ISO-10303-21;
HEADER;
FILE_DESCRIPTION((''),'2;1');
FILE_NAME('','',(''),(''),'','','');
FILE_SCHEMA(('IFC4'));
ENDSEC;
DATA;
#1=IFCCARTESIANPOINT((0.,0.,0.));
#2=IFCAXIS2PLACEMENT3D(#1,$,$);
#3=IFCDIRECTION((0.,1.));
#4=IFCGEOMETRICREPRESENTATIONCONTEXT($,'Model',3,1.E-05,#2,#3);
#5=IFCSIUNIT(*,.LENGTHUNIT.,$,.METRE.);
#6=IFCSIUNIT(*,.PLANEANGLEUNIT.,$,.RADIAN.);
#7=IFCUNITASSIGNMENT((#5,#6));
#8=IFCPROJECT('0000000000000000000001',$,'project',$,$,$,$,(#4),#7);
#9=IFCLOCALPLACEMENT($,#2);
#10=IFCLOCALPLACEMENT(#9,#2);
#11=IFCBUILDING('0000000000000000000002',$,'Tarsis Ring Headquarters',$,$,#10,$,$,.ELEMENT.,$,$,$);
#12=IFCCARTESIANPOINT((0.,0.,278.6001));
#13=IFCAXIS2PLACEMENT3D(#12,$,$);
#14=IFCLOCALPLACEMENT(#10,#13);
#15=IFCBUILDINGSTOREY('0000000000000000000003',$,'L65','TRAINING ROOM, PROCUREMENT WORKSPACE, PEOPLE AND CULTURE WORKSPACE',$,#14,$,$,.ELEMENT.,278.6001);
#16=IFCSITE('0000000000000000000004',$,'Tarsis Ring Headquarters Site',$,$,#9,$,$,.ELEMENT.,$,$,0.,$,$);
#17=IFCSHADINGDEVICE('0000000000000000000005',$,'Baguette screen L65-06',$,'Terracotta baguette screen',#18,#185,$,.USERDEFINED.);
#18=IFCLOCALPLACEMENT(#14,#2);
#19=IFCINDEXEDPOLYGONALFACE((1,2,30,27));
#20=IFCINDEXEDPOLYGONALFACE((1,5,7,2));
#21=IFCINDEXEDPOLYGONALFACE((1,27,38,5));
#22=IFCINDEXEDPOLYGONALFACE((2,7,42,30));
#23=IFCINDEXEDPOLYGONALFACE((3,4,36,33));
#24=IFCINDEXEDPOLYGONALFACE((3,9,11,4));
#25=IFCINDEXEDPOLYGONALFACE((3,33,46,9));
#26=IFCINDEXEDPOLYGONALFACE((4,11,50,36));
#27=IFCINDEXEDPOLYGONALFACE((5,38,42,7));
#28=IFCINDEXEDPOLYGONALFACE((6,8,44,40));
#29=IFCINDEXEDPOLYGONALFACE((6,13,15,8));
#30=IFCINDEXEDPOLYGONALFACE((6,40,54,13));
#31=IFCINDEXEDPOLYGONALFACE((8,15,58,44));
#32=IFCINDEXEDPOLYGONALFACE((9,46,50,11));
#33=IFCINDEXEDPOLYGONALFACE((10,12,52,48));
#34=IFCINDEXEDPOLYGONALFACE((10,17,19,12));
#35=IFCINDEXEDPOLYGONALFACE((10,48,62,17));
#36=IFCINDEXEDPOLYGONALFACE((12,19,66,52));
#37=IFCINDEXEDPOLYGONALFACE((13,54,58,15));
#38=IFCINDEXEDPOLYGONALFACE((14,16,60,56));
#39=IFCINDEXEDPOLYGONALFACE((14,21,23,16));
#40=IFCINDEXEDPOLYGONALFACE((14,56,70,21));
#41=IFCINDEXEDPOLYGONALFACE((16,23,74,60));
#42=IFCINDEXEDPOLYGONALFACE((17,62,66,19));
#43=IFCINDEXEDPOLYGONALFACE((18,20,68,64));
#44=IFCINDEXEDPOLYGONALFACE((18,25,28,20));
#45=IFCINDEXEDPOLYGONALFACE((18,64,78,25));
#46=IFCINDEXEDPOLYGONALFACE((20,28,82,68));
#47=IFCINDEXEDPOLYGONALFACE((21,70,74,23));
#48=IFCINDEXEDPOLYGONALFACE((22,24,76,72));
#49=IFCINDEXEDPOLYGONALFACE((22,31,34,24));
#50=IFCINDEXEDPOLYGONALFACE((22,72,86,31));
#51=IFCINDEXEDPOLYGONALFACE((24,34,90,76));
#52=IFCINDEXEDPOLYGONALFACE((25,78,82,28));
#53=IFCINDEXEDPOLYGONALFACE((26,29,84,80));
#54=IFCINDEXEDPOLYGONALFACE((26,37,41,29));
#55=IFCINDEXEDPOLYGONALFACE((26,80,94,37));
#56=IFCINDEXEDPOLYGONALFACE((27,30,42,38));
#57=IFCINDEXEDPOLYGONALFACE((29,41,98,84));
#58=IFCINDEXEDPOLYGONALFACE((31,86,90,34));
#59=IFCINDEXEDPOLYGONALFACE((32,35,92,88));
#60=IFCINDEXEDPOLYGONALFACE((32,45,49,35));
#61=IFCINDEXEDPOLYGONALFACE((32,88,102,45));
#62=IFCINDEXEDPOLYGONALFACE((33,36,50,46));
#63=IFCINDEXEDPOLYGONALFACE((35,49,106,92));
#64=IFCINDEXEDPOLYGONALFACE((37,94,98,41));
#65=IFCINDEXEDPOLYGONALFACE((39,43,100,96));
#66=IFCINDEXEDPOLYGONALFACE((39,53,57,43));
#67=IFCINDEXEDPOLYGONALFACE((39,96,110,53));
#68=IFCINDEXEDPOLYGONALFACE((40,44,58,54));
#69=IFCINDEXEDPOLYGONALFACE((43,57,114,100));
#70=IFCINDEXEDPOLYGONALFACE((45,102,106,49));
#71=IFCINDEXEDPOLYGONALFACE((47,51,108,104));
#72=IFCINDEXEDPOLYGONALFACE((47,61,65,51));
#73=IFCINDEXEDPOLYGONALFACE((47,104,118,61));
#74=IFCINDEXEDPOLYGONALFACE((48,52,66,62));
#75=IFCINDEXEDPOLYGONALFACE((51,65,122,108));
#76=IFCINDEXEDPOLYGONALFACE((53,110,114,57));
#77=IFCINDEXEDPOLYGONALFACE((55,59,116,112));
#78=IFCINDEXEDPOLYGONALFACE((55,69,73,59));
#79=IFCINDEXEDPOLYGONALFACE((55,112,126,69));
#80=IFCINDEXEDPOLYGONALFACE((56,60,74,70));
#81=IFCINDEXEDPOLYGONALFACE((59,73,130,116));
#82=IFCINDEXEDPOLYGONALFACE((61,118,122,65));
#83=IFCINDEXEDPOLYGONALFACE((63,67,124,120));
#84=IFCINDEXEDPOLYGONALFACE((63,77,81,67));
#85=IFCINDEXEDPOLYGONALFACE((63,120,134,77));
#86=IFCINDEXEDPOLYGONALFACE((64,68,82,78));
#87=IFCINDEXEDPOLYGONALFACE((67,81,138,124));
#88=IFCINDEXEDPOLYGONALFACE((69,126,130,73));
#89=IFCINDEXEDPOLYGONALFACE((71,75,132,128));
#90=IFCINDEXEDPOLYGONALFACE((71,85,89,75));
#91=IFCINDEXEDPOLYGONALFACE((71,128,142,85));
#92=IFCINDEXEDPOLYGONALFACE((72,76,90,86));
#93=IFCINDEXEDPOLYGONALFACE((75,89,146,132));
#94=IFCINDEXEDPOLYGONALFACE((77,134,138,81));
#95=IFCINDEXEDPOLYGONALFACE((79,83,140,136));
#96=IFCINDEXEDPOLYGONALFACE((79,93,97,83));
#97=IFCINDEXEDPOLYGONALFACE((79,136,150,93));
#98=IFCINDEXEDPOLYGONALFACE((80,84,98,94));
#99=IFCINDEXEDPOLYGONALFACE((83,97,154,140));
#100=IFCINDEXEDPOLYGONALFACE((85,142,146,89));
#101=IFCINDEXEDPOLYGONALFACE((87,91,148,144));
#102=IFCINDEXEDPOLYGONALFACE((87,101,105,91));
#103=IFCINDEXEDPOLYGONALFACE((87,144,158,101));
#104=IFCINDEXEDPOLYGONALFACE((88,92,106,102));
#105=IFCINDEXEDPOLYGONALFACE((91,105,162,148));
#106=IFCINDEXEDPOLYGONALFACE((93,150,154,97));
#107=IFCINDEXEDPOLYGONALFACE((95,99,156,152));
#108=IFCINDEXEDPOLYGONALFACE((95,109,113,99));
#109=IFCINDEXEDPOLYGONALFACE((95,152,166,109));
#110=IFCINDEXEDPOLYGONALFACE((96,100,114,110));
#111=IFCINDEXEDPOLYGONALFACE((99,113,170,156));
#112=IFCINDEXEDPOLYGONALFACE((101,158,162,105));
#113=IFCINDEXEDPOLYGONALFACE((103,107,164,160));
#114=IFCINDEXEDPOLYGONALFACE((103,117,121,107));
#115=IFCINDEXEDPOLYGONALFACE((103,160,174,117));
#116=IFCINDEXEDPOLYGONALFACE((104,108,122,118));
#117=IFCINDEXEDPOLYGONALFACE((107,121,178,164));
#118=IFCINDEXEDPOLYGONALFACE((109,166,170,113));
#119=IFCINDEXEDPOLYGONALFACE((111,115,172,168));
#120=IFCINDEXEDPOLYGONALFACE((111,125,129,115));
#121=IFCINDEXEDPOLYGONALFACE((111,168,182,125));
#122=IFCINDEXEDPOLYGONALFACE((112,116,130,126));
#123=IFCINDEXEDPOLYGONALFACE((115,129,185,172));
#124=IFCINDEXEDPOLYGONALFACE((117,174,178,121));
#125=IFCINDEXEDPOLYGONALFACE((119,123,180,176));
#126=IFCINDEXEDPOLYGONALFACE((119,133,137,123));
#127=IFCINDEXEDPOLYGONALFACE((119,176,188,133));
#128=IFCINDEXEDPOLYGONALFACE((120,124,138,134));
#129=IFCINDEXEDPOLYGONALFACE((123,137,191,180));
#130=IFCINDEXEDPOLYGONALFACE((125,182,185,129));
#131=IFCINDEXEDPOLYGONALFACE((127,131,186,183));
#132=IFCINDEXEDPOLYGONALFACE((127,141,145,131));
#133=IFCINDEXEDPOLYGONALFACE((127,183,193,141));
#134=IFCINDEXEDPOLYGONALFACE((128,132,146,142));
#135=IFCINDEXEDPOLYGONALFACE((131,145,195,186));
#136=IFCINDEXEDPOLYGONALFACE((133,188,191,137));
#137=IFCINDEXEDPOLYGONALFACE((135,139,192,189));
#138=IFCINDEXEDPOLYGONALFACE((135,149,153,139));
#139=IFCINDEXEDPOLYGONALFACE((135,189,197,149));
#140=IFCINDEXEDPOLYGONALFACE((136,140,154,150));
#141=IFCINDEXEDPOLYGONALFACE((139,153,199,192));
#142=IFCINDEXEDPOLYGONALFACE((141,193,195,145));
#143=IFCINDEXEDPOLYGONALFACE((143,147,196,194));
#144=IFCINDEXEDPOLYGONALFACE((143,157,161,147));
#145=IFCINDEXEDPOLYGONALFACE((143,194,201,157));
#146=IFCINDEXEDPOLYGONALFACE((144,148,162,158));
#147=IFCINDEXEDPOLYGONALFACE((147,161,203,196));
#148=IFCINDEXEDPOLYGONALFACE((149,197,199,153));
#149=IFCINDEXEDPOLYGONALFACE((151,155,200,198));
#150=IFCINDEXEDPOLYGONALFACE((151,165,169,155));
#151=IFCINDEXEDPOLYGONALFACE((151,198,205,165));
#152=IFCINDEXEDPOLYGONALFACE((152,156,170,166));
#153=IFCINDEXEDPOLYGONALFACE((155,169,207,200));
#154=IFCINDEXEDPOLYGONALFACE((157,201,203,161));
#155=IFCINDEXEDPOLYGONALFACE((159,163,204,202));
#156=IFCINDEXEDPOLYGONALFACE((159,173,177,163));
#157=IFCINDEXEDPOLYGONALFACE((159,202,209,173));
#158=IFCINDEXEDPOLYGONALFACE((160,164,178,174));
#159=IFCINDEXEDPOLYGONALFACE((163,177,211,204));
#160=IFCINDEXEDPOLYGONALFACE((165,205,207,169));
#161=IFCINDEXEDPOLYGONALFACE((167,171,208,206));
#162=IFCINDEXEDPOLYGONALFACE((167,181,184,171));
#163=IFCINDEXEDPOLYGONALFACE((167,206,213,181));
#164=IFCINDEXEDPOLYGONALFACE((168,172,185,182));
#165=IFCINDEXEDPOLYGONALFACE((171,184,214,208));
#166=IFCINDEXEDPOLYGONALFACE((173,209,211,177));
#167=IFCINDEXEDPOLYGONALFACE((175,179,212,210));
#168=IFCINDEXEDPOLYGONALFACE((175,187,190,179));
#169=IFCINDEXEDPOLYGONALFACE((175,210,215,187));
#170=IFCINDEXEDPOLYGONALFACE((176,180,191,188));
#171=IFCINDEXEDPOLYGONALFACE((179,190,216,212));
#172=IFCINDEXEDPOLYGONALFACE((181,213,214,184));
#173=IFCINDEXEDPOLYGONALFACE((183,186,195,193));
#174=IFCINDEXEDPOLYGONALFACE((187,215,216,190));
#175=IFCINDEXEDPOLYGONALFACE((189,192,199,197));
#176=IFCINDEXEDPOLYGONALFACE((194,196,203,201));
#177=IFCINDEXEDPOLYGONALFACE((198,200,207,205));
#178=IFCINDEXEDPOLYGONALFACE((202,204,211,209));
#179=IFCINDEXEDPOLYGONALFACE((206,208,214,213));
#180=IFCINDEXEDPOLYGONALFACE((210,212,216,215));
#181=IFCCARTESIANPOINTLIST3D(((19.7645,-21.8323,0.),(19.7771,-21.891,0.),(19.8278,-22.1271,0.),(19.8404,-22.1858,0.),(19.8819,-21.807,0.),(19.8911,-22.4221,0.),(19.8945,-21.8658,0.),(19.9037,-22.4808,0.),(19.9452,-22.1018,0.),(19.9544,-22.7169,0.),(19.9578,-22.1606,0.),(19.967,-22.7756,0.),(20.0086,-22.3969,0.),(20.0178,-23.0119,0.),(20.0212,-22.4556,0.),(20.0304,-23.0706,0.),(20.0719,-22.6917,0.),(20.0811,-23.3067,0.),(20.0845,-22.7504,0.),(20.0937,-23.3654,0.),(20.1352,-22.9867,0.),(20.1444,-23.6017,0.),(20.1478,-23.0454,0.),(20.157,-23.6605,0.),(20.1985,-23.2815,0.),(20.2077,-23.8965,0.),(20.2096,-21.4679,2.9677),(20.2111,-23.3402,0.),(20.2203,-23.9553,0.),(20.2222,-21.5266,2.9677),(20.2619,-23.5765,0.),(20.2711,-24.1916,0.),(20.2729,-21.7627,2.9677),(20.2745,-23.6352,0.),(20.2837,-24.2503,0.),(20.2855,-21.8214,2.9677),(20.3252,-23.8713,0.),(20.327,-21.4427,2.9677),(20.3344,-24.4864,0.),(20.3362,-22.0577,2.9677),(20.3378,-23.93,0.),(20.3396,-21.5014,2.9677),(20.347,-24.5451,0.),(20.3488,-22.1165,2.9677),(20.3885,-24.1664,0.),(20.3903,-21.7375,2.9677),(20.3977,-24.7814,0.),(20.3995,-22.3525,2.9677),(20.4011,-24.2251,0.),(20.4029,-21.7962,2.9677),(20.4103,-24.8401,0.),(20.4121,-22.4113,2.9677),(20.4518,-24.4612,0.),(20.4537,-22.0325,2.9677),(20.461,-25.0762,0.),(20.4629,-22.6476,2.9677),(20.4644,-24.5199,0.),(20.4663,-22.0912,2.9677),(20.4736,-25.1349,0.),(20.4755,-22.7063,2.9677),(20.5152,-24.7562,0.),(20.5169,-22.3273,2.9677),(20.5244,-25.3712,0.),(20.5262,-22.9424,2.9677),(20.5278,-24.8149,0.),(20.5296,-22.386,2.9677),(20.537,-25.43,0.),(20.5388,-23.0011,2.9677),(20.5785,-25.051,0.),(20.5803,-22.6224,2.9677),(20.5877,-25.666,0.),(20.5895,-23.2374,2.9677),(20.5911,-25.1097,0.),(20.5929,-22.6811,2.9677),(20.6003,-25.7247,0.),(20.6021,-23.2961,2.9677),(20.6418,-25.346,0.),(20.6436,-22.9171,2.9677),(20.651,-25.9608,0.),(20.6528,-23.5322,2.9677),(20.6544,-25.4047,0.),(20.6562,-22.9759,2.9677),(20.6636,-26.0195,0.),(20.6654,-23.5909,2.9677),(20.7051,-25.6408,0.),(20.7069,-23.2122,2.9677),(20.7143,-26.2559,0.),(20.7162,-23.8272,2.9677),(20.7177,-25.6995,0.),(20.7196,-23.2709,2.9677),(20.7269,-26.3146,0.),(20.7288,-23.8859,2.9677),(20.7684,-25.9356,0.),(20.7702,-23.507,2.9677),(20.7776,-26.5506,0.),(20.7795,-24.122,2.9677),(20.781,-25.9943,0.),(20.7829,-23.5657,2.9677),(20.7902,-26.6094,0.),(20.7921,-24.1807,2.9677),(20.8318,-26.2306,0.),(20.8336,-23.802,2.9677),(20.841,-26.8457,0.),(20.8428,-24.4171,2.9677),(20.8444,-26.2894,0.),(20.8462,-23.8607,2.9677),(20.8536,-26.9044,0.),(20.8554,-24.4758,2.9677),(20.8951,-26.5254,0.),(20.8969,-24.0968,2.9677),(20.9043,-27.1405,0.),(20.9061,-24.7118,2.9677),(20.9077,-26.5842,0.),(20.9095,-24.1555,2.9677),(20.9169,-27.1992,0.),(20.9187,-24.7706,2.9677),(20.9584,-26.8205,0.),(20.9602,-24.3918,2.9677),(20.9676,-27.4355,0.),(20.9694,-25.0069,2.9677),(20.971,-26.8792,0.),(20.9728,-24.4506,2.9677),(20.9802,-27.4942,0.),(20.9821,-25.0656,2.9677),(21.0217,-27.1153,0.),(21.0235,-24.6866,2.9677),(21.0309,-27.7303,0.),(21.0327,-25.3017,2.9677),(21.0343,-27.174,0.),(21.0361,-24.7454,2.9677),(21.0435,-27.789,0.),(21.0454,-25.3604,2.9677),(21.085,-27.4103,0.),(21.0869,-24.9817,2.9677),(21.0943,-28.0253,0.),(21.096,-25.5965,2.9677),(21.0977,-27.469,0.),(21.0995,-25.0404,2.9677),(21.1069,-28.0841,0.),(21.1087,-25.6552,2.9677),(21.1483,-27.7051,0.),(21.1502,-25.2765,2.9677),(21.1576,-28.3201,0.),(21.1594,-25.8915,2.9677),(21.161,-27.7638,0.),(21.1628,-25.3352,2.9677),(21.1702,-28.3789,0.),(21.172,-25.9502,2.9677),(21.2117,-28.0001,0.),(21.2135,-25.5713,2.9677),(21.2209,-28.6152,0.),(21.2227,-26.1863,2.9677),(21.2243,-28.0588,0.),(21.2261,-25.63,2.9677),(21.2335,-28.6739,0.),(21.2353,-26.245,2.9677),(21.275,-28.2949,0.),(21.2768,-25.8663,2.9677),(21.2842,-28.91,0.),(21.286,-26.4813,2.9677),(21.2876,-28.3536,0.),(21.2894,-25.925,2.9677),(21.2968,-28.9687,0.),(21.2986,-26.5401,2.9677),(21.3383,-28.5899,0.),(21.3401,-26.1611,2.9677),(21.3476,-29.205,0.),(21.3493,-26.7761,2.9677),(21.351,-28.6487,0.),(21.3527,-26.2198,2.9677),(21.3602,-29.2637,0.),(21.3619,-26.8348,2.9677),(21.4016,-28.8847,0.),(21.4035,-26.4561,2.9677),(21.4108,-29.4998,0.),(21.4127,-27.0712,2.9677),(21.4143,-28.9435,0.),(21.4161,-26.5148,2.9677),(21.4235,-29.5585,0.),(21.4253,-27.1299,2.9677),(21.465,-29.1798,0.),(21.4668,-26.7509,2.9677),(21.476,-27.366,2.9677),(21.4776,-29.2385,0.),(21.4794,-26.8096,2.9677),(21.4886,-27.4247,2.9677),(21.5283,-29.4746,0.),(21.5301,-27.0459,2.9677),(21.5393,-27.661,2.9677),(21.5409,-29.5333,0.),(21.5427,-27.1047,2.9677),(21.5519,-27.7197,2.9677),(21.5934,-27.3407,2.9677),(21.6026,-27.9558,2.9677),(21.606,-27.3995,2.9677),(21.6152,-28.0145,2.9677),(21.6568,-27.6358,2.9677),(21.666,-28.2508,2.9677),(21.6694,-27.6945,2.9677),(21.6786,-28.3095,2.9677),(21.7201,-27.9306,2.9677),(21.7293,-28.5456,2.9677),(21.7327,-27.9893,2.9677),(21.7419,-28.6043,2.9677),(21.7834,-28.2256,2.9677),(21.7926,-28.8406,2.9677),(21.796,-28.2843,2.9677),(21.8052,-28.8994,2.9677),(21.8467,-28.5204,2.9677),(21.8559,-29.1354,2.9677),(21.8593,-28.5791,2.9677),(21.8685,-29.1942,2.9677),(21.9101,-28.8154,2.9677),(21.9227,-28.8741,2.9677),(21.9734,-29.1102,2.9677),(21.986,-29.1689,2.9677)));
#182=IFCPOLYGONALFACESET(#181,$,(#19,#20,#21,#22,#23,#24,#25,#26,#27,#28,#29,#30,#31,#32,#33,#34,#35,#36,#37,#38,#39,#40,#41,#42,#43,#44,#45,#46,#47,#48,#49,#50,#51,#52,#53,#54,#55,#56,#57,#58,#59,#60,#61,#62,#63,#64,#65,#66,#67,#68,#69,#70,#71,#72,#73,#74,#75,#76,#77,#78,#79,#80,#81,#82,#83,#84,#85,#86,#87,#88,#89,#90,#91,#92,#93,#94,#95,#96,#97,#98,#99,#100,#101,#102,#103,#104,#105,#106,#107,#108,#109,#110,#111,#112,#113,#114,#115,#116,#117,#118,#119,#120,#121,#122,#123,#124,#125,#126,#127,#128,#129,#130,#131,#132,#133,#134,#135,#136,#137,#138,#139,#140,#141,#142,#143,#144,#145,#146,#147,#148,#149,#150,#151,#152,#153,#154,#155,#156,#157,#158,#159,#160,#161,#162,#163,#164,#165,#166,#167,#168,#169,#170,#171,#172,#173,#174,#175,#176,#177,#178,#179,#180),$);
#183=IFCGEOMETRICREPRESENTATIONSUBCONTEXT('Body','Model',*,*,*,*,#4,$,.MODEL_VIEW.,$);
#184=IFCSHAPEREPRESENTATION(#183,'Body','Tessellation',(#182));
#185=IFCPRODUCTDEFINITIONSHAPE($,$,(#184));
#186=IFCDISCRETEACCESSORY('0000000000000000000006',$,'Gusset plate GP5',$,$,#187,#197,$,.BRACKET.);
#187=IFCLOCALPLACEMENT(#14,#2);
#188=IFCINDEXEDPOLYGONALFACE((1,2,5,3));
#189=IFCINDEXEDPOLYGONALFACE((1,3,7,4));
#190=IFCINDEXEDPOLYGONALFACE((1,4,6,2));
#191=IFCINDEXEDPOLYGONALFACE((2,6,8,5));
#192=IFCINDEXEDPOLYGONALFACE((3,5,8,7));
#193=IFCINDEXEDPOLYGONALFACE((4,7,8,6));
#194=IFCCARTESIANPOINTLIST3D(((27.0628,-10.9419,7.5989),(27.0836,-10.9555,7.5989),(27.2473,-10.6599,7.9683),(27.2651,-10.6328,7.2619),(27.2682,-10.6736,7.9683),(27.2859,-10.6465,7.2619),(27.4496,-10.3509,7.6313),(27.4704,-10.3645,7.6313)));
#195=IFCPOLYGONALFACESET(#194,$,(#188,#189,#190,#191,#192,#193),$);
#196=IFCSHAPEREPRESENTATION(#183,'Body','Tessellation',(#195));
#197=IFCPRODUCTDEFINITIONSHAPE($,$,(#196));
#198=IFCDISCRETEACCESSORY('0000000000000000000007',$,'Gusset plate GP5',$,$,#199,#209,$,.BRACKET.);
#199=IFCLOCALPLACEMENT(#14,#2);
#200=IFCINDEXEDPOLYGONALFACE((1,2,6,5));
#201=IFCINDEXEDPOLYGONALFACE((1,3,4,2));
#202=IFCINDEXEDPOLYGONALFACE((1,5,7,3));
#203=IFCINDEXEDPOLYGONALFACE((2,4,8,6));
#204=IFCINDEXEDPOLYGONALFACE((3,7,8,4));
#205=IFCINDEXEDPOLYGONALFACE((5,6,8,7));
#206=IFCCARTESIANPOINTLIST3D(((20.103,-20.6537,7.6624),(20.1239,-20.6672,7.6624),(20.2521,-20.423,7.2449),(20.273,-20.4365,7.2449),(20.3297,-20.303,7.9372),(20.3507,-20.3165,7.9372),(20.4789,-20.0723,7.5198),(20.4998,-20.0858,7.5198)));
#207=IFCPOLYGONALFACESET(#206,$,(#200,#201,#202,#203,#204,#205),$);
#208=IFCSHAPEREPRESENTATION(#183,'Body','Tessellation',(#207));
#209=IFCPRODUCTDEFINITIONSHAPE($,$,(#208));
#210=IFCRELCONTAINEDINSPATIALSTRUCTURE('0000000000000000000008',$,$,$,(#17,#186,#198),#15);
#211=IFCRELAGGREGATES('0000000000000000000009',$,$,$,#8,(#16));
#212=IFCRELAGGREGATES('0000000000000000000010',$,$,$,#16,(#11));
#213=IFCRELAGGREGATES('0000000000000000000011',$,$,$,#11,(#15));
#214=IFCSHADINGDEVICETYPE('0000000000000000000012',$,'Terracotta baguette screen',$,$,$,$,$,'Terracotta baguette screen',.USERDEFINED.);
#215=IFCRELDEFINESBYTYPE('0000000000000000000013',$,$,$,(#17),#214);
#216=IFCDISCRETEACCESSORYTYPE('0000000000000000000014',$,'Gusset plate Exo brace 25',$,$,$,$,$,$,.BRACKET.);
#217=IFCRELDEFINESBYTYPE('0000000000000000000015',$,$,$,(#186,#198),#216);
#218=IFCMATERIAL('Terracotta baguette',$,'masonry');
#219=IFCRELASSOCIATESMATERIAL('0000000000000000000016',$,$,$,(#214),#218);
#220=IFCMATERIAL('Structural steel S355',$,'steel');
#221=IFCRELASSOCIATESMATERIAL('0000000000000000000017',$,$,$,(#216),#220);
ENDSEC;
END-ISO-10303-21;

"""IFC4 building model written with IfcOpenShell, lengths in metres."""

from ifc_helpers import new_model, si_unit, direction, frame, frame_2d, origin, origin_2d, place, context, subcontext, project, spatial, rectangle, composite_profile, extrude, material, material_profile, profile_set, type_object, element, save


model = new_model("IFC4")

# Units and contexts
model_context = context("Model", 3, precision=1e-05, world=origin(), true_north=direction((0.0, 1.0)))
body_context = subcontext(model_context, "Body", "Model", "MODEL_VIEW")
ifc_project = project(units=[si_unit("LENGTHUNIT", "METRE"), si_unit("PLANEANGLEUNIT", "RADIAN")], contexts=[model_context])

# Site, building, storey
site_placement = place(None, origin())
site = spatial("IfcSite", under=ifc_project, at=site_placement, Name="Tarsis Ring Headquarters Site", CompositionType="ELEMENT", RefElevation=0.0)
building_placement = place(site_placement, origin())
building = spatial("IfcBuilding", under=site, at=building_placement, Name="Tarsis Ring Headquarters", CompositionType="ELEMENT")
storey_placement = place(building_placement, frame((0.0, 0.0, 278.6001)))
storey = spatial("IfcBuildingStorey", under=building, at=storey_placement, Name="L65", Description="TRAINING ROOM, PROCUREMENT WORKSPACE, PEOPLE AND CULTURE WORKSPACE", CompositionType="ELEMENT", Elevation=278.6001)

# Shared definitions
ifc_material_1 = material(Name="Structural steel S355", Category="steel")

# Shading device
ifc_material_2 = material(Name="Terracotta baguette", Category="masonry")
shading_device_type = type_object("IfcShadingDeviceType", Name="Terracotta baguette screen", ElementType="Terracotta baguette screen", PredefinedType="USERDEFINED", material=ifc_material_2)
shading_device_1_placement = place(storey_placement, frame((21.4822, -29.5459, 0.0), z_axis=(0.0, 0.0, 1.0), x_axis=(-0.209936, 0.977724, 0.0)))
element("IfcShadingDevice", 1, at=shading_device_1_placement, inside=storey, type_object=shading_device_type, Name="Baguette screen L65-06", ObjectType="Terracotta baguette screen", PredefinedType="USERDEFINED", context=body_context, shape_type="SweptSolid", body=[
    extrude(composite_profile([rectangle(XDim=0.0601, YDim=0.1201, at=frame_2d((0.03, 0.0))), rectangle(XDim=0.0601, YDim=0.1201, at=frame_2d((0.3315, 0.0))), rectangle(XDim=0.0601, YDim=0.1201, at=frame_2d((0.6333, 0.0))), rectangle(XDim=0.0601, YDim=0.1201, at=frame_2d((0.9348, 0.0))), rectangle(XDim=0.0601, YDim=0.1201, at=frame_2d((1.2366, 0.0))), rectangle(XDim=0.0601, YDim=0.1201, at=frame_2d((1.5381, 0.0))), rectangle(XDim=0.0601, YDim=0.1201, at=frame_2d((1.8398, 0.0))), rectangle(XDim=0.0601, YDim=0.1201, at=frame_2d((2.1414, 0.0))), rectangle(XDim=0.0601, YDim=0.1201, at=frame_2d((2.4431, 0.0))), rectangle(XDim=0.0601, YDim=0.1201, at=frame_2d((2.7446, 0.0))), rectangle(XDim=0.0601, YDim=0.1201, at=frame_2d((3.0464, 0.0))), rectangle(XDim=0.0601, YDim=0.1201, at=frame_2d((3.3479, 0.0))), rectangle(XDim=0.0601, YDim=0.1201, at=frame_2d((3.6497, 0.0))), rectangle(XDim=0.0601, YDim=0.1201, at=frame_2d((3.9512, 0.0))), rectangle(XDim=0.0601, YDim=0.1201, at=frame_2d((4.2527, 0.0))), rectangle(XDim=0.0601, YDim=0.1201, at=frame_2d((4.5544, 0.0))), rectangle(XDim=0.0601, YDim=0.1201, at=frame_2d((4.856, 0.0))), rectangle(XDim=0.0601, YDim=0.1201, at=frame_2d((5.1577, 0.0))), rectangle(XDim=0.0601, YDim=0.1201, at=frame_2d((5.4592, 0.0))), rectangle(XDim=0.0601, YDim=0.1201, at=frame_2d((5.761, 0.0))), rectangle(XDim=0.0601, YDim=0.1201, at=frame_2d((6.0625, 0.0))), rectangle(XDim=0.0601, YDim=0.1201, at=frame_2d((6.3643, 0.0))), rectangle(XDim=0.0601, YDim=0.1201, at=frame_2d((6.6658, 0.0))), rectangle(XDim=0.0601, YDim=0.1201, at=frame_2d((6.9675, 0.0))), rectangle(XDim=0.0601, YDim=0.1201, at=frame_2d((7.269, 0.0))), rectangle(XDim=0.0601, YDim=0.1201, at=frame_2d((7.5708, 0.0))), rectangle(XDim=0.0601, YDim=0.1201, at=frame_2d((7.8723, 0.0)))]), origin(), (0.086932, -0.169255, 0.981731), 3.0229),
])

# Discrete accessories
ifc_material_profile_1 = material_profile(ifc_material_1, rectangle(XDim=0.0249, YDim=0.5, at=origin_2d()), Name="PL 25x500")
ifc_profile_set_1 = profile_set([ifc_material_profile_1], Name="Structural steel S355")
discrete_accessory_type = type_object("IfcDiscreteAccessoryType", Name="Gusset plate Exo brace 25", PredefinedType="BRACKET", material=ifc_profile_set_1)
discrete_accessory_1_placement = place(storey_placement, frame((27.3589, -10.5122, 7.7998), z_axis=(-0.369122, -0.563936, -0.738732), x_axis=(0.836702, -0.547659, 0.0)))
element("IfcDiscreteAccessory", 2, at=discrete_accessory_1_placement, inside=storey, type_object=discrete_accessory_type, Name="Gusset plate GP5", PredefinedType="BRACKET", context=body_context, shape_type="SweptSolid", body=[
    extrude(rectangle(XDim=0.0249, YDim=0.5, at=origin_2d()), origin(), (0.0, 0.0, 1.0), 0.5),
])
discrete_accessory_2_placement = place(storey_placement, frame((20.2268, -20.4851, 7.7998), z_axis=(0.298477, 0.461638, -0.835345), x_axis=(-0.839761, 0.542956, 0.0)))
element("IfcDiscreteAccessory", 3, at=discrete_accessory_2_placement, inside=storey, type_object=discrete_accessory_type, Name="Gusset plate GP5", PredefinedType="BRACKET", context=body_context, shape_type="SweptSolid", body=[
    extrude(rectangle(XDim=0.0249, YDim=0.5, at=origin_2d()), origin(), (0.0, 0.0, 1.0), 0.4998),
])

save(model, "model.ifc")
